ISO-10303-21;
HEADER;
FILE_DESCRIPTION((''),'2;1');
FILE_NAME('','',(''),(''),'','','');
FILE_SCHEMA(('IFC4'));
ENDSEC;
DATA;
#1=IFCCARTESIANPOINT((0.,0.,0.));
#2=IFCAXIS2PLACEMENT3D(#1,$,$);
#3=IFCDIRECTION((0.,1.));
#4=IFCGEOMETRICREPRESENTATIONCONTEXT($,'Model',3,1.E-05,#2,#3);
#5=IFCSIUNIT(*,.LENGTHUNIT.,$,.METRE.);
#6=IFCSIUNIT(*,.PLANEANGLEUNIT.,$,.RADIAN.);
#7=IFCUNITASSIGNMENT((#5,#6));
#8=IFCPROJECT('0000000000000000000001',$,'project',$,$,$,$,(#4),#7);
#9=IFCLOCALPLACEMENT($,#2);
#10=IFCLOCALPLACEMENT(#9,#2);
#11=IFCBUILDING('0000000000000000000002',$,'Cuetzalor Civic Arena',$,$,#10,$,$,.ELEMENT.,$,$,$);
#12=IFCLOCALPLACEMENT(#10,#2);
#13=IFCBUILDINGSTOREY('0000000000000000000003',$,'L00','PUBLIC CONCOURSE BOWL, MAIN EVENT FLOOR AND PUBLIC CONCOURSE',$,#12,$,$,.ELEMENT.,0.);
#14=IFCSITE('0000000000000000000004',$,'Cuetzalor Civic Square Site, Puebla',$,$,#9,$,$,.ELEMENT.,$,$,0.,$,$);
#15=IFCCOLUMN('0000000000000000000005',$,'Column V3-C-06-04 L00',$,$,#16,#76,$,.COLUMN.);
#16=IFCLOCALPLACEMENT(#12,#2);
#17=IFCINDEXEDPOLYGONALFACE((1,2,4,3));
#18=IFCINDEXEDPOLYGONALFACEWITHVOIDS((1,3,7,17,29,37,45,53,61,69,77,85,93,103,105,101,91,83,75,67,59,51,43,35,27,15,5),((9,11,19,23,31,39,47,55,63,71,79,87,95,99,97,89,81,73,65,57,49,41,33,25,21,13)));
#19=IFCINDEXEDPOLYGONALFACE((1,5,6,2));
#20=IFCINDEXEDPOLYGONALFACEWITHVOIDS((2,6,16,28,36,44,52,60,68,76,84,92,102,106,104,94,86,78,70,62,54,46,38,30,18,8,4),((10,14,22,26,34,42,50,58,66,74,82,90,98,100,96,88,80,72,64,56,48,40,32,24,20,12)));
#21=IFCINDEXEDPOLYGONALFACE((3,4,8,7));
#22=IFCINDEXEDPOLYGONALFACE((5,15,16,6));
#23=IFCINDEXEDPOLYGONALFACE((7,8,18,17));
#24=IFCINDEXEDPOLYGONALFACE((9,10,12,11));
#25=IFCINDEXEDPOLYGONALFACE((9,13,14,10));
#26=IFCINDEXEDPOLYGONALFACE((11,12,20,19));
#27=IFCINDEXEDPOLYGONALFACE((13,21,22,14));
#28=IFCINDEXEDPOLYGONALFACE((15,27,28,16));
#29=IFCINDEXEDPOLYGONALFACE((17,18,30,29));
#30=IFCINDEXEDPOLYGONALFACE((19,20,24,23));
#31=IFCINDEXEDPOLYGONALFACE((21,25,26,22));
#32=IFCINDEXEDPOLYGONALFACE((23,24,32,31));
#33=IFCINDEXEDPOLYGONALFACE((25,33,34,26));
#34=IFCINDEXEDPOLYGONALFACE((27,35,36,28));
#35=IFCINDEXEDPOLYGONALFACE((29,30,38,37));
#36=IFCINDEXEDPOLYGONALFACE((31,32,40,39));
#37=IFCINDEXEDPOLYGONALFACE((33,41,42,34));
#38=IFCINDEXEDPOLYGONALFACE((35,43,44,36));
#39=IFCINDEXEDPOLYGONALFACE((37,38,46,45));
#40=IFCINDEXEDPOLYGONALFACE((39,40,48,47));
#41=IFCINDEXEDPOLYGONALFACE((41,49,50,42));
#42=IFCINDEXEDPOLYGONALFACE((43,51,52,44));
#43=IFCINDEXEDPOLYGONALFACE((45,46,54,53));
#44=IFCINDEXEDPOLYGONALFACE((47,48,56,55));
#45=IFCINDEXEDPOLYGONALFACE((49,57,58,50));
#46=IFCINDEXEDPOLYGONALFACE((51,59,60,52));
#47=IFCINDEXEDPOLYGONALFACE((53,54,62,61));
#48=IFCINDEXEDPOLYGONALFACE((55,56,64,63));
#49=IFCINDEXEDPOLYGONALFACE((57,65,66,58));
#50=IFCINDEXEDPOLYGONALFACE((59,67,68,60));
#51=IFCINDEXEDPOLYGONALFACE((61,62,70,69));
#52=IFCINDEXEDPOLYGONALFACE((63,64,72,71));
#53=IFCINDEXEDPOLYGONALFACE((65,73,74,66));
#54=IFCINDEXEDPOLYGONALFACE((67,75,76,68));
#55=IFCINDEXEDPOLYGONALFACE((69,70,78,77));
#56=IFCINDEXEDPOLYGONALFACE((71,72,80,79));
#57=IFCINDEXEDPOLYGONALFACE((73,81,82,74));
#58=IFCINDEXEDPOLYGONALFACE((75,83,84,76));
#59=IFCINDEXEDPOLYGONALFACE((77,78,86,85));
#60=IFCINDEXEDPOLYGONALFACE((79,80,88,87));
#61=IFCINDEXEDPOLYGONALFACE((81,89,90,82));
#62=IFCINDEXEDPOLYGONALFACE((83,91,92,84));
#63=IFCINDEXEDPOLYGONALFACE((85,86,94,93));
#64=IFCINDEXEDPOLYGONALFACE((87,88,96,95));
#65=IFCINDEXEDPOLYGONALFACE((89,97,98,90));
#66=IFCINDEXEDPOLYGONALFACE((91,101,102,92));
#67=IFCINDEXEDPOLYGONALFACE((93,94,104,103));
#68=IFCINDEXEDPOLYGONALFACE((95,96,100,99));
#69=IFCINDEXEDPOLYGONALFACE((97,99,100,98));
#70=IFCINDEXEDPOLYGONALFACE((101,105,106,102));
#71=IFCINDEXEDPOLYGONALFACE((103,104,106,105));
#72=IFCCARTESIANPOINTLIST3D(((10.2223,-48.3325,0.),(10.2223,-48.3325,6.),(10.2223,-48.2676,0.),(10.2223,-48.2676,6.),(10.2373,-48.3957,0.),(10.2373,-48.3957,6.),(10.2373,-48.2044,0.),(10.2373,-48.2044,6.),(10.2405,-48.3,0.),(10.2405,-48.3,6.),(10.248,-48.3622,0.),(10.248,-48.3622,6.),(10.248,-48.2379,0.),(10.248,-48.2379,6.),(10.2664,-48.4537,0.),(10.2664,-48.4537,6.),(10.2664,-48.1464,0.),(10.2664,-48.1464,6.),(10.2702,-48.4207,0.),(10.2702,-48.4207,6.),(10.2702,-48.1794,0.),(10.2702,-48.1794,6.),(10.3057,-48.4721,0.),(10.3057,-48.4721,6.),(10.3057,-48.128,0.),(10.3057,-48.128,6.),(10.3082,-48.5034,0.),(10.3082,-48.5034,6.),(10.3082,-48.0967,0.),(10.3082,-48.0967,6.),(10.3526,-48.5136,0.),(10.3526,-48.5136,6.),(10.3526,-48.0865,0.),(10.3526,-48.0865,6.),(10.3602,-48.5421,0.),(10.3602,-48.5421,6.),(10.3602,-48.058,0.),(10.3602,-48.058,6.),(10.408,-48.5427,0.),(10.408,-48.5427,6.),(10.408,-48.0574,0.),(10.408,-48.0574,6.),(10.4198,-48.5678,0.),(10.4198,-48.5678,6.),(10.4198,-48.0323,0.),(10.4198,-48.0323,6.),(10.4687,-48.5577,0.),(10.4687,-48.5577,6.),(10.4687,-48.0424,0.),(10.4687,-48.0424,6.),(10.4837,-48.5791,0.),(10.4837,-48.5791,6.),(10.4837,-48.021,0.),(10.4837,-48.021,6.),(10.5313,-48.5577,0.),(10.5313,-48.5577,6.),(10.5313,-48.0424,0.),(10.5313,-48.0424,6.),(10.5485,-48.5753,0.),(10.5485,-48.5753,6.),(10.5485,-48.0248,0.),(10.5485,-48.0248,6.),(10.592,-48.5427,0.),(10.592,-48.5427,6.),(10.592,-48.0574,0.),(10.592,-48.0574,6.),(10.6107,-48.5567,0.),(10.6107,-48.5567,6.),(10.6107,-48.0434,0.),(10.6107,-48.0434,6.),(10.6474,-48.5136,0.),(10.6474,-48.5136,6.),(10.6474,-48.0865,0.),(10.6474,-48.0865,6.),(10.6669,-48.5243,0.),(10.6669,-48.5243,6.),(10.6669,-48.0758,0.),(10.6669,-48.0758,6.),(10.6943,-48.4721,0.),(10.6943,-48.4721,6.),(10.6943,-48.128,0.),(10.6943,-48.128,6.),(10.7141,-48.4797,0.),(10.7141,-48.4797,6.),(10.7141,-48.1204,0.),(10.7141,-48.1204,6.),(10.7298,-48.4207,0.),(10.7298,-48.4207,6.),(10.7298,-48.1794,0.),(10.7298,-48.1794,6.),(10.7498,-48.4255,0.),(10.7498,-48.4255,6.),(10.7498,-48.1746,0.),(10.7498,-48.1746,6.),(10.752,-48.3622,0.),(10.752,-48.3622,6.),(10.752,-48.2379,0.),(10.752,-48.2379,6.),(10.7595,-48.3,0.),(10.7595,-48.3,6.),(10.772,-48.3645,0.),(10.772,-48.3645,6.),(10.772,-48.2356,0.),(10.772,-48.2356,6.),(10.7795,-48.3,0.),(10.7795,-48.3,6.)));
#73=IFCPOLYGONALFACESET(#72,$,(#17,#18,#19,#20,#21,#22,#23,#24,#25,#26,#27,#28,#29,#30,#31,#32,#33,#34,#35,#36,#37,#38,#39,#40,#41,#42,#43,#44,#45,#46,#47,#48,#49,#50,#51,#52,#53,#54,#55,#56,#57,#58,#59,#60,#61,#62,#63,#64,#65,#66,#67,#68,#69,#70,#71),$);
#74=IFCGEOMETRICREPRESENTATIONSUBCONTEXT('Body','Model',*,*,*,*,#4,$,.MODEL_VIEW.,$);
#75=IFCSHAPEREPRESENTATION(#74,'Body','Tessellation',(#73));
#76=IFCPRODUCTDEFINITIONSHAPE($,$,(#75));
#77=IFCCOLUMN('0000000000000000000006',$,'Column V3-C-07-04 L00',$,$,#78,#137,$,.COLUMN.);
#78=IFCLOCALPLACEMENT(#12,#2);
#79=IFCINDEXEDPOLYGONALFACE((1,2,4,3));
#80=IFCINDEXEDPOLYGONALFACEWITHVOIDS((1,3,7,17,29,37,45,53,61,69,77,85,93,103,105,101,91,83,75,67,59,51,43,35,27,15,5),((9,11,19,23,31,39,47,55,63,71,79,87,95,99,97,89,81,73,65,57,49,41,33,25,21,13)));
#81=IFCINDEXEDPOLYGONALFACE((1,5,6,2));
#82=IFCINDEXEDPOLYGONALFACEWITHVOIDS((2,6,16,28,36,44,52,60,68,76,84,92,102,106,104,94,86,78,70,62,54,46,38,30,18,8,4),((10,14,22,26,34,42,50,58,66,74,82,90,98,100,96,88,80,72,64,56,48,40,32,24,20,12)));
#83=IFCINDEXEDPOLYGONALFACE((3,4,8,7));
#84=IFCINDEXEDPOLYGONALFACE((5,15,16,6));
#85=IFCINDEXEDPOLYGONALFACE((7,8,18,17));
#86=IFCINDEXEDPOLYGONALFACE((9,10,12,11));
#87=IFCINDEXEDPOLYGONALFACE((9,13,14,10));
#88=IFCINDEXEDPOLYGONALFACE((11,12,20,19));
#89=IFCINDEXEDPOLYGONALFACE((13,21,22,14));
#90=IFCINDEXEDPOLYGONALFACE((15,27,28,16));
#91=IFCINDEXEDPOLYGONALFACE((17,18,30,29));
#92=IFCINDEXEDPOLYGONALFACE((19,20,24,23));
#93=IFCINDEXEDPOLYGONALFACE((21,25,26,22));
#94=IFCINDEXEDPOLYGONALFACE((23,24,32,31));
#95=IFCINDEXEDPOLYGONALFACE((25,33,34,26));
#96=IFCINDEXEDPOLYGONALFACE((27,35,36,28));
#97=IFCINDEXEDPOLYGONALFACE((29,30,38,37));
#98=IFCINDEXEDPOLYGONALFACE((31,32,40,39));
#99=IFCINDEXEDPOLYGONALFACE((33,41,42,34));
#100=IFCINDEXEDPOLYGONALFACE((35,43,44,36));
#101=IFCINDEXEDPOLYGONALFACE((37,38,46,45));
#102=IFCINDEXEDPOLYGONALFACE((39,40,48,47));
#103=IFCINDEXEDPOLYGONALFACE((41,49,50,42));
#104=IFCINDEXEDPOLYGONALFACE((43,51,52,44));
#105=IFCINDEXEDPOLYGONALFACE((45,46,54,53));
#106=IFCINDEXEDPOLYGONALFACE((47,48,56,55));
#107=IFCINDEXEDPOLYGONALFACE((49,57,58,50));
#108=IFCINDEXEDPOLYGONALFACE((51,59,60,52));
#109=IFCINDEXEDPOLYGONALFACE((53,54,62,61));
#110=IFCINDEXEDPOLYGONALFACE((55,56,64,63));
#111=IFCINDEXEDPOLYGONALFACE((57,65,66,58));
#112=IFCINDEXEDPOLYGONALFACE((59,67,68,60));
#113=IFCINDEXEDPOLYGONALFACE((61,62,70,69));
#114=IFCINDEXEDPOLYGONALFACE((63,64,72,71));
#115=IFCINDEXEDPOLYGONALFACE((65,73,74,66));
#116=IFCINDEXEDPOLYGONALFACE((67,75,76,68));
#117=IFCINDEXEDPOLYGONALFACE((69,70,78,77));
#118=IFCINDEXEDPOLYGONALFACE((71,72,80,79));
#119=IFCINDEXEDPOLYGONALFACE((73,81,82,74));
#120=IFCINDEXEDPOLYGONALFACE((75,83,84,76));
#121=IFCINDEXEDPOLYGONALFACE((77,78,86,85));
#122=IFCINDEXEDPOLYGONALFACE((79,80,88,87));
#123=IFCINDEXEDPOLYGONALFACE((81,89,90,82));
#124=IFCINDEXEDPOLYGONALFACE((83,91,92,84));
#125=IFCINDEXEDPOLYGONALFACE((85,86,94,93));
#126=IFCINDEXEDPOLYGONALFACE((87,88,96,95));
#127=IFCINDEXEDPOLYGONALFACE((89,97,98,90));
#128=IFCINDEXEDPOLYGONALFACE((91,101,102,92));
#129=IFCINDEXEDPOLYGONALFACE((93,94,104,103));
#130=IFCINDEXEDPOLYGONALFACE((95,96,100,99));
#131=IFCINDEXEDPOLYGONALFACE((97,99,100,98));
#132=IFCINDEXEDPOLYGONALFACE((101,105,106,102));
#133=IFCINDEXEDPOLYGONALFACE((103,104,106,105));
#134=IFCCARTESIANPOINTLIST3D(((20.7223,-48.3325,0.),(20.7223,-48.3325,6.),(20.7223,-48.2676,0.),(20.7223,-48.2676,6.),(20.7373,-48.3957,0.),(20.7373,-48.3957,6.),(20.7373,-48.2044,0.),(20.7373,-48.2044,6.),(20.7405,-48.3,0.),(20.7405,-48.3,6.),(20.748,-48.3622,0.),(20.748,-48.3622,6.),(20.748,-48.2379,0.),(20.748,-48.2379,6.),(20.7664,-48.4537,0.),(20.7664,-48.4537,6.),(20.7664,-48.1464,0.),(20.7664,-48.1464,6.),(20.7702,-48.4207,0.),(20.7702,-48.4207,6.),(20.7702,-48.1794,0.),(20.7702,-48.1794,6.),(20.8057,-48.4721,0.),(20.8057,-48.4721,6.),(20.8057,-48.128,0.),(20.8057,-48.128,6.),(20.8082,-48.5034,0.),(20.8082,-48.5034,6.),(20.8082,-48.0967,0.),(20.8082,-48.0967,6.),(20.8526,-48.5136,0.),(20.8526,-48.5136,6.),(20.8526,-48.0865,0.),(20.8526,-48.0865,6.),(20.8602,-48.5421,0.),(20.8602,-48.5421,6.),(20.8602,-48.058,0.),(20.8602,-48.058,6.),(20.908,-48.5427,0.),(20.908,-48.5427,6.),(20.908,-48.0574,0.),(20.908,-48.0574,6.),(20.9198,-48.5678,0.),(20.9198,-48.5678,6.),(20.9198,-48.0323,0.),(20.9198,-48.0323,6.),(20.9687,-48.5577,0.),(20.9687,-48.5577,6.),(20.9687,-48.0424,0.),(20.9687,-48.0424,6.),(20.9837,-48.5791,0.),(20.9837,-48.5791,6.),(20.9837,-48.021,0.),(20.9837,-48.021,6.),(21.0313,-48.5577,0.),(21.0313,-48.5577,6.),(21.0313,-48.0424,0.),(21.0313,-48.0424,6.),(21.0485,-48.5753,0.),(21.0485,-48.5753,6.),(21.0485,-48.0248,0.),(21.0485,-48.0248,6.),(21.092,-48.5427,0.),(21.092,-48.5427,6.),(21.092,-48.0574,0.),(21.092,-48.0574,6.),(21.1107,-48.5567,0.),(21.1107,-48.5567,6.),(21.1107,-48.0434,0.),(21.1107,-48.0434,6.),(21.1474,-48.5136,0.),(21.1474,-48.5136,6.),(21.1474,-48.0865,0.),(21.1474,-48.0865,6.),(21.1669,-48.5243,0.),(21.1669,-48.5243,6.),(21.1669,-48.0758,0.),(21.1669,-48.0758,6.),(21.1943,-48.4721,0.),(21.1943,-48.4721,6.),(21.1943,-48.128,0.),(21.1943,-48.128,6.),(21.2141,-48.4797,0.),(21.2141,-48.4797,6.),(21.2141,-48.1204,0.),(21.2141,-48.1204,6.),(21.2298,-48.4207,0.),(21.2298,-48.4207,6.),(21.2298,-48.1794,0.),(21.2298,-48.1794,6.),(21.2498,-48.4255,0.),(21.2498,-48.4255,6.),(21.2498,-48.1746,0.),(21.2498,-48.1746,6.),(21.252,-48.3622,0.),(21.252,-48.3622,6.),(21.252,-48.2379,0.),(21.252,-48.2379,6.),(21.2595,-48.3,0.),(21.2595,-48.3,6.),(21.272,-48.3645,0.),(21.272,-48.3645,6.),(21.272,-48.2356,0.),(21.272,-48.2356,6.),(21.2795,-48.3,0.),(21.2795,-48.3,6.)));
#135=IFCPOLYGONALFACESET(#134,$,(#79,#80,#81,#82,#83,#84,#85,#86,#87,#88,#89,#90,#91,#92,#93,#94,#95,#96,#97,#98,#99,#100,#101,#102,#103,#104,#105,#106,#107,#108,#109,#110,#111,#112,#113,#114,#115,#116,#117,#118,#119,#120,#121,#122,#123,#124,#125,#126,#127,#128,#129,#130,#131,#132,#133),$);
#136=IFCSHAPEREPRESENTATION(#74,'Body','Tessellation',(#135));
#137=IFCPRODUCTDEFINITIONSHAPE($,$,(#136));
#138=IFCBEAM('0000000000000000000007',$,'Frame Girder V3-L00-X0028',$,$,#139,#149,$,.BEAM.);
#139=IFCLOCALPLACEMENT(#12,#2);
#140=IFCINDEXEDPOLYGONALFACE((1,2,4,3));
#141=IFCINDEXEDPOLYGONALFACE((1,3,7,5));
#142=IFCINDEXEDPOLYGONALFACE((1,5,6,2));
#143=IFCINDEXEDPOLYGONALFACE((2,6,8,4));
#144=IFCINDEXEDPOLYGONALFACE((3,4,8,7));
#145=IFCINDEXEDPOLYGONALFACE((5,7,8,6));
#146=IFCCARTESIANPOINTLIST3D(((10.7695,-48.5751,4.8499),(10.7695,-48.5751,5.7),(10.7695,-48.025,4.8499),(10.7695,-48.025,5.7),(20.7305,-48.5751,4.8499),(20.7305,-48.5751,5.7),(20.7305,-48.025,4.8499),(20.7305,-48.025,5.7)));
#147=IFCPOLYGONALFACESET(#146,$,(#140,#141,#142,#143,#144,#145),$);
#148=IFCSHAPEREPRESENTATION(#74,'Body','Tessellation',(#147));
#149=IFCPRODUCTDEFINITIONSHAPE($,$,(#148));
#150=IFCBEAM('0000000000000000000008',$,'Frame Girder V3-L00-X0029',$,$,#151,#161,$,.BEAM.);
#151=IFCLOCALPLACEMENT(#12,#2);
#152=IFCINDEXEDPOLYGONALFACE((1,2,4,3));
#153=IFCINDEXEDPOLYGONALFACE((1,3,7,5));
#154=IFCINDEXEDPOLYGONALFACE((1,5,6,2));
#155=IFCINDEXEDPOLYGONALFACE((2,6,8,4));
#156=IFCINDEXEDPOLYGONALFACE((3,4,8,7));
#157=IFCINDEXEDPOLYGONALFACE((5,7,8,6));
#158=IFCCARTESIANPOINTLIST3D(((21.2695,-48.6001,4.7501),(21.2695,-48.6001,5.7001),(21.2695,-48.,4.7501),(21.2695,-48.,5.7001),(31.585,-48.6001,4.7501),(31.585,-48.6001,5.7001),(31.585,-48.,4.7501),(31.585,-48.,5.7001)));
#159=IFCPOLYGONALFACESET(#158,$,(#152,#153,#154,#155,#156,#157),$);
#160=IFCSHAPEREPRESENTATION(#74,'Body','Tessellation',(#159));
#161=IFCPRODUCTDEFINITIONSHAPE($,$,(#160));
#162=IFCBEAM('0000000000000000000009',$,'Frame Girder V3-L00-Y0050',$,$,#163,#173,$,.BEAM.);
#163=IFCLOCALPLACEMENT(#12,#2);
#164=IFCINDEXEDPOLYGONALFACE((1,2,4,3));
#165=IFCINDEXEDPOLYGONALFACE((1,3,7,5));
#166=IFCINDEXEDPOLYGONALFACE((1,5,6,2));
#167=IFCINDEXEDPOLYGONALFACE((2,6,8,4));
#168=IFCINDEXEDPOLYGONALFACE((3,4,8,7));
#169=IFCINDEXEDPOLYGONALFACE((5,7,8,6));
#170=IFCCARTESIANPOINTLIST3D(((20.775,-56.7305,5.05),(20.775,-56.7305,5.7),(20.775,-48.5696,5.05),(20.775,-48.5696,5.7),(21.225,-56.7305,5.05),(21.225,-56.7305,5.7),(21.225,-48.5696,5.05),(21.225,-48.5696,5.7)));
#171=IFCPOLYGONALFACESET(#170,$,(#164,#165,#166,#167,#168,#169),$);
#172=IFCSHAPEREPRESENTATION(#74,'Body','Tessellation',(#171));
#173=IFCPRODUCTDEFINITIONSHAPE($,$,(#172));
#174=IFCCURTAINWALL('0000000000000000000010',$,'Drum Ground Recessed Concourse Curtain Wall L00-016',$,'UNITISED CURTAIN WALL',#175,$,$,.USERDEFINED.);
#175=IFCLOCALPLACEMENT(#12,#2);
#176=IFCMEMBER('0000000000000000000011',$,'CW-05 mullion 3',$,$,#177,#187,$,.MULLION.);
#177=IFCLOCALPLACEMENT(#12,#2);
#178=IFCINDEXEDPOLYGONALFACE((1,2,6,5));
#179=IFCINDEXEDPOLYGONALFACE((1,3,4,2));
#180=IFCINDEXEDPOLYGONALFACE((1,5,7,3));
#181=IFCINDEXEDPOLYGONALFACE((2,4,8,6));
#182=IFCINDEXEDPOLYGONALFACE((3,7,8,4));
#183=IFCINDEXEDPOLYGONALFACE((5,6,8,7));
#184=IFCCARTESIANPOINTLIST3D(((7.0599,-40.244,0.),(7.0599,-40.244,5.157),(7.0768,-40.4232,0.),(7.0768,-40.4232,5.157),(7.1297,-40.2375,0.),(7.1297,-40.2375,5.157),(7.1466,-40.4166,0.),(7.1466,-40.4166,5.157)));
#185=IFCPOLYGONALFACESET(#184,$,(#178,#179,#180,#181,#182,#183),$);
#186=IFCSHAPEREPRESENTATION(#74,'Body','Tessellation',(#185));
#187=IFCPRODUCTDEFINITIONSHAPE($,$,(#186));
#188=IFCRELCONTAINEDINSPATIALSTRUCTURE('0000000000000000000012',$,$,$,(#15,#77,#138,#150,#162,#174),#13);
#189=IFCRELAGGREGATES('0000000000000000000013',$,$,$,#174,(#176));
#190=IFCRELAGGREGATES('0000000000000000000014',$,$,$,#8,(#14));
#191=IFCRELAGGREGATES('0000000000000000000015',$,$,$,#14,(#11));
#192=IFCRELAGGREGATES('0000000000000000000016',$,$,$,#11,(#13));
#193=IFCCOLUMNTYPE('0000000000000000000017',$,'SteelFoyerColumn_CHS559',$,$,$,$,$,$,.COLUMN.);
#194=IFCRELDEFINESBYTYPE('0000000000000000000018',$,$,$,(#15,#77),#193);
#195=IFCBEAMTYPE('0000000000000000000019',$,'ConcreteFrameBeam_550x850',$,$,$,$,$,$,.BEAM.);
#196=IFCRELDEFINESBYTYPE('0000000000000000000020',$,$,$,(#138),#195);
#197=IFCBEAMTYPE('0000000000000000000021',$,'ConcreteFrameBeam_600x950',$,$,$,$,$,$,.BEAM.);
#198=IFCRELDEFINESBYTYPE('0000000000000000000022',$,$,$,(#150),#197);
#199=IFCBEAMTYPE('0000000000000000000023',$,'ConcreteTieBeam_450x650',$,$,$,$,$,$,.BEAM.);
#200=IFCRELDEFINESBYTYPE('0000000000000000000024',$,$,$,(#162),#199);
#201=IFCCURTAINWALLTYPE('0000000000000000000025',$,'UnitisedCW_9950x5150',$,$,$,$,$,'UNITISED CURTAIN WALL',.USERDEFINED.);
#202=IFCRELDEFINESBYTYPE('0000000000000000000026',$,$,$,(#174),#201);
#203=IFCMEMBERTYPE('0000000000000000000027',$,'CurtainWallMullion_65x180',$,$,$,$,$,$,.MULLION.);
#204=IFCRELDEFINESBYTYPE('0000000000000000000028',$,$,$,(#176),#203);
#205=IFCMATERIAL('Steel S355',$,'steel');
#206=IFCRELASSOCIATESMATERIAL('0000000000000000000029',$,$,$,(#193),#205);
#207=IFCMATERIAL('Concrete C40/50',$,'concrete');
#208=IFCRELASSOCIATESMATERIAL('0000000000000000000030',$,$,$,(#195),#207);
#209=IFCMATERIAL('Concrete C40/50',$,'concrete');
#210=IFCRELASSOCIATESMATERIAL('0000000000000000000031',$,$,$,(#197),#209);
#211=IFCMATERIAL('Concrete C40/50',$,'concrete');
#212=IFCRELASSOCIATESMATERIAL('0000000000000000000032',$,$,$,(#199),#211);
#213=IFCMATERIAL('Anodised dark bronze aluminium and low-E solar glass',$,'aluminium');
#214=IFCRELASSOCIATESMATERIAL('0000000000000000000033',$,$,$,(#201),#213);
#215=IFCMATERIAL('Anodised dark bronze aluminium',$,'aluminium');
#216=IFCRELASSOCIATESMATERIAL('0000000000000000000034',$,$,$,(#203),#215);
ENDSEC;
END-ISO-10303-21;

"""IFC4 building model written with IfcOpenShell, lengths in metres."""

from ifc_helpers import new_model, si_unit, direction, frame, origin, origin_2d, place, context, subcontext, project, spatial, rectangle, hollow_circle, extrude, material, material_profile, profile_set, type_object, element, aggregate, save


model = new_model("IFC4")

# Units and contexts
model_context = context("Model", 3, precision=1e-05, world=origin(), true_north=direction((0.0, 1.0)))
body_context = subcontext(model_context, "Body", "Model", "MODEL_VIEW")
ifc_project = project(units=[si_unit("LENGTHUNIT", "METRE"), si_unit("PLANEANGLEUNIT", "RADIAN")], contexts=[model_context])

# Site, building, storey
site_placement = place(None, origin())
site = spatial("IfcSite", under=ifc_project, at=site_placement, Name="Cuetzalor Civic Square Site, Puebla", CompositionType="ELEMENT", RefElevation=0.0)
building_placement = place(site_placement, origin())
building = spatial("IfcBuilding", under=site, at=building_placement, Name="Cuetzalor Civic Arena", CompositionType="ELEMENT")
storey_placement = place(building_placement, origin())
storey = spatial("IfcBuildingStorey", under=building, at=storey_placement, Name="L00", Description="PUBLIC CONCOURSE BOWL, MAIN EVENT FLOOR AND PUBLIC CONCOURSE", CompositionType="ELEMENT", Elevation=0.0)

# Columns
ifc_material_1 = material(Name="Steel S355", Category="steel")
ifc_material_profile_1 = material_profile(ifc_material_1, hollow_circle(Radius=0.2795, WallThickness=0.02, at=origin_2d()), Name="CHS 559x20")
ifc_profile_set_1 = profile_set([ifc_material_profile_1], Name="Steel S355")
column_type_1 = type_object("IfcColumnType", Name="SteelFoyerColumn_CHS559", PredefinedType="COLUMN", material=ifc_profile_set_1)
for number, where, z_axis, x_axis, name in (
    (1, (10.5, -48.3, 0.0), (0.0, 0.0, 1.0), (1.0, 0.0, 0.0), "Column V3-C-06-04 L00"),
    (2, (21.0, -48.3, 0.0), (0.0, 0.0, 1.0), (1.0, 0.0, 0.0), "Column V3-C-07-04 L00"),
):
    element("IfcColumn", number, at=place(storey_placement, frame(where, z_axis=z_axis, x_axis=x_axis)), inside=storey, type_object=column_type_1, Name=name, PredefinedType="COLUMN", context=body_context, shape_type="SweptSolid", body=[
        extrude(hollow_circle(Radius=0.2795, WallThickness=0.02, at=origin_2d()), origin(), (0.0, 0.0, 1.0), 6.0),
    ])

# Beams
ifc_material_2 = material(Name="Concrete C40/50", Category="concrete")
ifc_material_profile_2 = material_profile(ifc_material_2, rectangle(XDim=0.55, YDim=0.8501, at=origin_2d()), Name="RC 550x850")
ifc_profile_set_2 = profile_set([ifc_material_profile_2], Name="Concrete C40/50")
beam_type_1 = type_object("IfcBeamType", Name="ConcreteFrameBeam_550x850", PredefinedType="BEAM", material=ifc_profile_set_2)
beam_1_placement = place(storey_placement, frame((10.7695, -48.3, 5.2749), z_axis=(1.0, 0.0, 0.0), x_axis=(0.0, 1.0, 0.0)))
element("IfcBeam", 3, at=beam_1_placement, inside=storey, type_object=beam_type_1, Name="Frame Girder V3-L00-X0028", PredefinedType="BEAM", context=body_context, shape_type="SweptSolid", body=[
    extrude(rectangle(XDim=0.55, YDim=0.8501, at=origin_2d()), origin(), (0.0, 0.0, 1.0), 9.9609),
])
ifc_material_3 = material(Name="Concrete C40/50", Category="concrete")
ifc_material_profile_3 = material_profile(ifc_material_3, rectangle(XDim=0.6001, YDim=0.95, at=origin_2d()), Name="RC 600x950")
ifc_profile_set_3 = profile_set([ifc_material_profile_3], Name="Concrete C40/50")
beam_type_2 = type_object("IfcBeamType", Name="ConcreteFrameBeam_600x950", PredefinedType="BEAM", material=ifc_profile_set_3)
beam_2_placement = place(storey_placement, frame((21.2695, -48.3, 5.2251), z_axis=(1.0, 0.0, 0.0), x_axis=(0.0, 1.0, 0.0)))
element("IfcBeam", 4, at=beam_2_placement, inside=storey, type_object=beam_type_2, Name="Frame Girder V3-L00-X0029", PredefinedType="BEAM", context=body_context, shape_type="SweptSolid", body=[
    extrude(rectangle(XDim=0.6001, YDim=0.95, at=origin_2d()), origin(), (0.0, 0.0, 1.0), 10.3154),
])
ifc_material_4 = material(Name="Concrete C40/50", Category="concrete")
ifc_material_profile_4 = material_profile(ifc_material_4, rectangle(XDim=0.45, YDim=0.6499, at=origin_2d()), Name="RC 450x650")
ifc_profile_set_4 = profile_set([ifc_material_profile_4], Name="Concrete C40/50")
beam_type_3 = type_object("IfcBeamType", Name="ConcreteTieBeam_450x650", PredefinedType="BEAM", material=ifc_profile_set_4)
beam_3_placement = place(storey_placement, frame((21.0, -56.7305, 5.375), z_axis=(0.0, 1.0, 0.0), x_axis=(-1.0, 0.0, 0.0)))
element("IfcBeam", 5, at=beam_3_placement, inside=storey, type_object=beam_type_3, Name="Frame Girder V3-L00-Y0050", PredefinedType="BEAM", context=body_context, shape_type="SweptSolid", body=[
    extrude(rectangle(XDim=0.45, YDim=0.6499, at=origin_2d()), origin(), (0.0, 0.0, 1.0), 8.1609),
])

# Curtain wall, member
ifc_material_5 = material(Name="Anodised dark bronze aluminium and low-E solar glass", Category="aluminium")
curtain_wall_type = type_object("IfcCurtainWallType", Name="UnitisedCW_9950x5150", ElementType="UNITISED CURTAIN WALL", PredefinedType="USERDEFINED", material=ifc_material_5)
curtain_wall_placement = place(storey_placement, origin())
curtain_wall = element("IfcCurtainWall", 6, at=curtain_wall_placement, inside=storey, type_object=curtain_wall_type, Name="Drum Ground Recessed Concourse Curtain Wall L00-016", ObjectType="UNITISED CURTAIN WALL", PredefinedType="USERDEFINED")
ifc_material_6 = material(Name="Anodised dark bronze aluminium", Category="aluminium")
ifc_material_profile_5 = material_profile(ifc_material_6, rectangle(XDim=0.0701, YDim=0.1799, at=origin_2d()), Name="ALU MULLION 70x180")
ifc_profile_set_5 = profile_set([ifc_material_profile_5], Name="Anodised dark bronze aluminium")
member_type_1 = type_object("IfcMemberType", Name="CurtainWallMullion_65x180", PredefinedType="MULLION", material=ifc_profile_set_5)
member_1_placement = place(storey_placement, frame((7.1033, -40.3303, 0.0), z_axis=(0.0, 0.0, 1.0), x_axis=(-0.995585, -0.093863, 0.0)))
member_1 = element("IfcMember", 7, at=member_1_placement, type_object=member_type_1, Name="CW-05 mullion 3", PredefinedType="MULLION", context=body_context, shape_type="SweptSolid", body=[
    extrude(rectangle(XDim=0.0701, YDim=0.1799, at=origin_2d()), origin(), (0.0, 0.0, 1.0), 5.157),
])

aggregate(curtain_wall, [member_1])

save(model, "model.ifc")
